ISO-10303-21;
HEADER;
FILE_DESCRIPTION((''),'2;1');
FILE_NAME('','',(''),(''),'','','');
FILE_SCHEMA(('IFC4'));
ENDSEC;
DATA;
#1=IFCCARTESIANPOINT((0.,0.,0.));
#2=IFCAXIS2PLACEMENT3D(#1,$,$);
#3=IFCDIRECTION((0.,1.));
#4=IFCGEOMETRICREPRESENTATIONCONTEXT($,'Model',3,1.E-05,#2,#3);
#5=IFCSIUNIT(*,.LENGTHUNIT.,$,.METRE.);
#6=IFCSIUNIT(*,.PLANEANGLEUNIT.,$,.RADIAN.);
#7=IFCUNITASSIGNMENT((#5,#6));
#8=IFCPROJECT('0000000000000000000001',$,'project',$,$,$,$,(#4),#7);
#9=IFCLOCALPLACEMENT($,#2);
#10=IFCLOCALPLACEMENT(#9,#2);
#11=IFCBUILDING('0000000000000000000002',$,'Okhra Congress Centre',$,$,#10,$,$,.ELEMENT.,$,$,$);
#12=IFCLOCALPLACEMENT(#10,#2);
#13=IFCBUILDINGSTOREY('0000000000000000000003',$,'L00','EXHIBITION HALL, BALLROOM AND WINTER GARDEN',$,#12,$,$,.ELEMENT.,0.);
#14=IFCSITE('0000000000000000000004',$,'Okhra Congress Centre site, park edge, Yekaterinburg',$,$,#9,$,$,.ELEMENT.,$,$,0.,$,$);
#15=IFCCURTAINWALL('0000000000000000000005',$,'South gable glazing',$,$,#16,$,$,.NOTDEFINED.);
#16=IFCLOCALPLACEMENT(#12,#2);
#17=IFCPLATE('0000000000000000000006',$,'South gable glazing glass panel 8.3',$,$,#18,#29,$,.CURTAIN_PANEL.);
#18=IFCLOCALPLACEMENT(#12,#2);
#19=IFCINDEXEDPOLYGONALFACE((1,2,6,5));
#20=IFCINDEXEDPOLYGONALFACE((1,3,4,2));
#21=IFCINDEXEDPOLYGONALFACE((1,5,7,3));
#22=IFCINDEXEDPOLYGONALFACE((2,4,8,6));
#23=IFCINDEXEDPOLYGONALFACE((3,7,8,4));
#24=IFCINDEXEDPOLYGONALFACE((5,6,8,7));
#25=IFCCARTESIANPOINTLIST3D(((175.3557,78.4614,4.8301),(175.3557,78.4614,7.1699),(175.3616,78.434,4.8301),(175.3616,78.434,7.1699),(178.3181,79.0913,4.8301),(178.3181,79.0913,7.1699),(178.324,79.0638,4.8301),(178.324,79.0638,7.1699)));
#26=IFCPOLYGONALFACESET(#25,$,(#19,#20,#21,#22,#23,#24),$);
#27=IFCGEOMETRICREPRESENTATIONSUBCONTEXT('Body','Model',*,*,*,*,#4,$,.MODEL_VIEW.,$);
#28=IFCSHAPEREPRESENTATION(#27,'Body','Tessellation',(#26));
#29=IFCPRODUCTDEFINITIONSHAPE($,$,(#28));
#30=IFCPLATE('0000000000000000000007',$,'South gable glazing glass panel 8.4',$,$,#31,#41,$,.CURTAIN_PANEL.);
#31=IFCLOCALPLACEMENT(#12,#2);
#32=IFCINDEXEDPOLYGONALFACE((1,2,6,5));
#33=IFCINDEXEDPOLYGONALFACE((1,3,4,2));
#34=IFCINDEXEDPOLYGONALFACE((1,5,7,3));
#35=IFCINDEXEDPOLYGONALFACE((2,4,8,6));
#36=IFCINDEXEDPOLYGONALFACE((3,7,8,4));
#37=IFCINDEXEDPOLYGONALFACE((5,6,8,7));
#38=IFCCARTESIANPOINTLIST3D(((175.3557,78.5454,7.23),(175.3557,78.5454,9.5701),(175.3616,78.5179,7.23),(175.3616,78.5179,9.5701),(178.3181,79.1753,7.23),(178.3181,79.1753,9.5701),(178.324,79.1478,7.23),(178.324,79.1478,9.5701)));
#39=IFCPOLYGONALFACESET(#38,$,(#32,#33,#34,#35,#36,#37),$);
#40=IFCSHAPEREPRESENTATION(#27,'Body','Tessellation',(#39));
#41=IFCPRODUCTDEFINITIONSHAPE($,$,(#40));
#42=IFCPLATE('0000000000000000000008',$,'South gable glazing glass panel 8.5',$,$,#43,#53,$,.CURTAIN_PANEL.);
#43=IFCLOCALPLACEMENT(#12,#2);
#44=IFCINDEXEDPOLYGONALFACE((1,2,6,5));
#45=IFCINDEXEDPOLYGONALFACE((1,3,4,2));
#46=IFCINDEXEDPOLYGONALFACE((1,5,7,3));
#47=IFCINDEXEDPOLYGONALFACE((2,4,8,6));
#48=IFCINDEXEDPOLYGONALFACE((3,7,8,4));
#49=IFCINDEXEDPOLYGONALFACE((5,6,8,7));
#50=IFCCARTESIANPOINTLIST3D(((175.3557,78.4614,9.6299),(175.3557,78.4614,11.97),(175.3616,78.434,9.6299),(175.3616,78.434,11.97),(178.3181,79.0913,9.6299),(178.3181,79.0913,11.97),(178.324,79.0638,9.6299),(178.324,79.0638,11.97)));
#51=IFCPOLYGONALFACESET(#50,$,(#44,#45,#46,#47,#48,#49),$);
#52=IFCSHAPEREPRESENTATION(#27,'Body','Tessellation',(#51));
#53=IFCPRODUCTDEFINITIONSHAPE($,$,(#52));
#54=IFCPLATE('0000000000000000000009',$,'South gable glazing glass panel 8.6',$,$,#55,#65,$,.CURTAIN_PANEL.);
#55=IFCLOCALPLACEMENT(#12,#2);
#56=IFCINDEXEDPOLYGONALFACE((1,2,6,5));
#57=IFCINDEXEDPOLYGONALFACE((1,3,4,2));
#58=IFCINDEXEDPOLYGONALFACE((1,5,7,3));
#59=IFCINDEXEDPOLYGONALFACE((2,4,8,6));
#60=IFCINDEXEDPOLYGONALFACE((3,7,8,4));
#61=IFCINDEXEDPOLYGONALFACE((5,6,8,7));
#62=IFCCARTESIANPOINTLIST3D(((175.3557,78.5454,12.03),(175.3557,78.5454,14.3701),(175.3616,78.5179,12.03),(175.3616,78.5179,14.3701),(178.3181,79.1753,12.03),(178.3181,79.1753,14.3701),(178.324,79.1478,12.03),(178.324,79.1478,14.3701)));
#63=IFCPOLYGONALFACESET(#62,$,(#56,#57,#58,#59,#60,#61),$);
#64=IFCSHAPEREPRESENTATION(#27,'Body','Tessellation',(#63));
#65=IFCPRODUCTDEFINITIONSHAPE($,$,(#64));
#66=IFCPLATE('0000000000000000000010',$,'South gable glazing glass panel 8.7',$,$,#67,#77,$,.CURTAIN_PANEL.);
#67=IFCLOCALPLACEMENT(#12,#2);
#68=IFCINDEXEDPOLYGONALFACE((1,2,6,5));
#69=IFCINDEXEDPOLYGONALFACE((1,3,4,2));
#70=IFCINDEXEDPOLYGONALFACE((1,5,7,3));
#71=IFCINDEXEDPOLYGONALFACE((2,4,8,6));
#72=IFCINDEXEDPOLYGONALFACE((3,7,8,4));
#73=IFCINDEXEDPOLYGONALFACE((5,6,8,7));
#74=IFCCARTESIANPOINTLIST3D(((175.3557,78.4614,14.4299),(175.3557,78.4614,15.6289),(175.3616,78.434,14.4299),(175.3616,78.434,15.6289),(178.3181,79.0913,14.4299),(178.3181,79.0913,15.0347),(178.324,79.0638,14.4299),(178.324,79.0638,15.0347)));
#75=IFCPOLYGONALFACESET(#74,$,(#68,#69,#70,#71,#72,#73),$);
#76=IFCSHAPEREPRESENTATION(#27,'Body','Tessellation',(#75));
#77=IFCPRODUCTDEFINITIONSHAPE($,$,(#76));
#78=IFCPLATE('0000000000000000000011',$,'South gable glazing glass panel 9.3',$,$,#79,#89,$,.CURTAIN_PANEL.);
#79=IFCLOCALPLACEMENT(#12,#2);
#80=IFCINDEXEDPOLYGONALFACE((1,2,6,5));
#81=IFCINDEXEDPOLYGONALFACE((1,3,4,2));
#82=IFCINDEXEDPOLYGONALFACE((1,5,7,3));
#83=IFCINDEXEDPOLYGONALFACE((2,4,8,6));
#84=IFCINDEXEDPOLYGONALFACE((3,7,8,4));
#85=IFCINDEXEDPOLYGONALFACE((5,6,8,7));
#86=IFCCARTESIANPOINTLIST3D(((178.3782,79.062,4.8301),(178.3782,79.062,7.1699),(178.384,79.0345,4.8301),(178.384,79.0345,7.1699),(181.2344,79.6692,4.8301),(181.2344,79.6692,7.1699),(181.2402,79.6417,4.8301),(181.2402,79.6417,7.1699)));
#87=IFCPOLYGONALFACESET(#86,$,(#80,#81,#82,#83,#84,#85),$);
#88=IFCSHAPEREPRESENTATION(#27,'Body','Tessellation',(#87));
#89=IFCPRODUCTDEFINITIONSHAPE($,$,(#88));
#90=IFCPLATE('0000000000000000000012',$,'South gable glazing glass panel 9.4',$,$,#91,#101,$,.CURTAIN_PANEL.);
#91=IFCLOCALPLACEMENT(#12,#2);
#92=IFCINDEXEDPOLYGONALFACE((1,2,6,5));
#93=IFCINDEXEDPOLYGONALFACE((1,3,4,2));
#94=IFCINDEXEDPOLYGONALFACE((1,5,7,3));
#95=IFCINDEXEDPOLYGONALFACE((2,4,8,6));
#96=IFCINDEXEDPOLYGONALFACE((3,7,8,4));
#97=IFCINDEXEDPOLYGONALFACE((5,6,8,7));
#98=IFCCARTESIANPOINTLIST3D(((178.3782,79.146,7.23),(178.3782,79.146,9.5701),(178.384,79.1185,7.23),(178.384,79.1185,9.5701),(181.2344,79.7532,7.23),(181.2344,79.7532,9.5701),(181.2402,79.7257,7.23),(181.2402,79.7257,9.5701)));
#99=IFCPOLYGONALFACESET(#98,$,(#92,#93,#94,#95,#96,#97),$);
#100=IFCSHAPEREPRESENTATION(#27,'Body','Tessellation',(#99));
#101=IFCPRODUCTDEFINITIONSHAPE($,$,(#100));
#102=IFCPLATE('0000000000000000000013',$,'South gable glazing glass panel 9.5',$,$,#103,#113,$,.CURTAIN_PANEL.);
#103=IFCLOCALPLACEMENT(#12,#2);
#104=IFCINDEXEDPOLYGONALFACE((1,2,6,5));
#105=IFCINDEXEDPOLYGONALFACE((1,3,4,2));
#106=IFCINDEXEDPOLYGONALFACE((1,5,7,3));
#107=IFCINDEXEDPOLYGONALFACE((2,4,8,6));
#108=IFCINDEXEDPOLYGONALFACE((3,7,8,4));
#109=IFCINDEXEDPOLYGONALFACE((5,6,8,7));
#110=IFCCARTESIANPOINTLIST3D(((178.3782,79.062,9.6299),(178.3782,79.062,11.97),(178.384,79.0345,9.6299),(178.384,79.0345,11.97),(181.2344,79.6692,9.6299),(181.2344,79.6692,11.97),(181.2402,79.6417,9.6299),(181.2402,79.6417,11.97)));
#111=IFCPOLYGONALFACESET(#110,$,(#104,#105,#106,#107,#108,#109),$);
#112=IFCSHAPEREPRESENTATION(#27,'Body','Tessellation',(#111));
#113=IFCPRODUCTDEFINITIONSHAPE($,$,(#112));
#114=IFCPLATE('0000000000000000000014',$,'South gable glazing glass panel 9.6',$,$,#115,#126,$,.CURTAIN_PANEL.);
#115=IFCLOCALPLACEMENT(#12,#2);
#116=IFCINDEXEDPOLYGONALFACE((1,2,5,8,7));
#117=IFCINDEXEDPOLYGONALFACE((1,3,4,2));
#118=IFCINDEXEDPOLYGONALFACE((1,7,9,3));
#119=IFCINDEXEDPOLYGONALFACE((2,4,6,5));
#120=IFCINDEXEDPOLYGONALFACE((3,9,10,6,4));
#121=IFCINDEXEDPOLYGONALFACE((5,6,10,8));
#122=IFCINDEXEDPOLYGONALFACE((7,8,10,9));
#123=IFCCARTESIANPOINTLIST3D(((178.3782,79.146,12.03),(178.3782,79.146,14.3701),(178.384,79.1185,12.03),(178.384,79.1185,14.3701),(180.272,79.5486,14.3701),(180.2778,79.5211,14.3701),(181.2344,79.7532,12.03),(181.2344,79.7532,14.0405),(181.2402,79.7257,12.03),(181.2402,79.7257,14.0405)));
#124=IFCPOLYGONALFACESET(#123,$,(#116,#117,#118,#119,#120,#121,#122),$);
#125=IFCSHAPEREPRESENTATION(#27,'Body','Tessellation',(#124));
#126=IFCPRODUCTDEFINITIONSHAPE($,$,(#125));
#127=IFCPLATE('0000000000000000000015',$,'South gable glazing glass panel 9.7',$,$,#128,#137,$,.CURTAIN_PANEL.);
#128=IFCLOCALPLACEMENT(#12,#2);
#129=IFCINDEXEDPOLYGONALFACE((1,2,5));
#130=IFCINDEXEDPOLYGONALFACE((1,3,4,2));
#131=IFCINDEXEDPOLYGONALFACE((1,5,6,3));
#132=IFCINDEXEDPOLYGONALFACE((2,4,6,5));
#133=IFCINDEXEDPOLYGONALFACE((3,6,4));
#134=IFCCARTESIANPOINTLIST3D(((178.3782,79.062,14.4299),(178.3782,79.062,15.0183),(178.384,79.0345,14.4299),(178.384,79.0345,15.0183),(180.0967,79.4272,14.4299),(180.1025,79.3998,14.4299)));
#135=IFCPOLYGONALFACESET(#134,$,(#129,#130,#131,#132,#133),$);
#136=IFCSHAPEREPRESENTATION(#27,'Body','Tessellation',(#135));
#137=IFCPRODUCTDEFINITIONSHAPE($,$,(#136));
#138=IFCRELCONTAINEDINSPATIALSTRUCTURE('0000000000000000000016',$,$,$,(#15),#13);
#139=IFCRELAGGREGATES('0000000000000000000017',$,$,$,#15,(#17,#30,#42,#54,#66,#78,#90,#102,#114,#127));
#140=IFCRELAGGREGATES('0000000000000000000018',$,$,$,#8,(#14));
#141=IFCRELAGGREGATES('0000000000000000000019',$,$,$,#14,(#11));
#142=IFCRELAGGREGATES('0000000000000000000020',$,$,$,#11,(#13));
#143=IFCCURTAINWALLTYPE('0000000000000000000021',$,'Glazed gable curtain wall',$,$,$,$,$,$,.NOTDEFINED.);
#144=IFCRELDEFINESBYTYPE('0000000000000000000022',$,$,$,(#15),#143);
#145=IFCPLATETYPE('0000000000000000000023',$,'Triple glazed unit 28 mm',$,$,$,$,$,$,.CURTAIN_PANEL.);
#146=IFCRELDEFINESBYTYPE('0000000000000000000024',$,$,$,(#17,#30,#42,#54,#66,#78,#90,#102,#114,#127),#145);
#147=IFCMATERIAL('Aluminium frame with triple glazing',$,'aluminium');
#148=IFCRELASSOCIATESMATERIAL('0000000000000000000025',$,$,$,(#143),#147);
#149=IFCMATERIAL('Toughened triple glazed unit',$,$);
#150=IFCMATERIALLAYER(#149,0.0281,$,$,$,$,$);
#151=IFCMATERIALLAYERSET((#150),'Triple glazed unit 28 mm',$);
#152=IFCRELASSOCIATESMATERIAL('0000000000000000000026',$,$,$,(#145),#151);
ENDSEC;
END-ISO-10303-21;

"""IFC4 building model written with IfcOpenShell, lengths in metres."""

from ifc_helpers import new_model, si_unit, direction, frame, origin, place, context, subcontext, project, spatial, polyline, outline, extrude, material, layer, layer_set, type_object, element, aggregate, save


model = new_model("IFC4")

# Units and contexts
model_context = context("Model", 3, precision=1e-05, world=origin(), true_north=direction((0.0, 1.0)))
body_context = subcontext(model_context, "Body", "Model", "MODEL_VIEW")
ifc_project = project(units=[si_unit("LENGTHUNIT", "METRE"), si_unit("PLANEANGLEUNIT", "RADIAN")], contexts=[model_context])

# Site, building, storey
site_placement = place(None, origin())
site = spatial("IfcSite", under=ifc_project, at=site_placement, Name="Okhra Congress Centre site, park edge, Yekaterinburg", CompositionType="ELEMENT", RefElevation=0.0)
building_placement = place(site_placement, origin())
building = spatial("IfcBuilding", under=site, at=building_placement, Name="Okhra Congress Centre", CompositionType="ELEMENT")
storey_placement = place(building_placement, origin())
storey = spatial("IfcBuildingStorey", under=building, at=storey_placement, Name="L00", Description="EXHIBITION HALL, BALLROOM AND WINTER GARDEN", CompositionType="ELEMENT", Elevation=0.0)

# Curtain wall, plates
ifc_material_1 = material(Name="Aluminium frame with triple glazing", Category="aluminium")
curtain_wall_type = type_object("IfcCurtainWallType", Name="Glazed gable curtain wall", PredefinedType="NOTDEFINED", material=ifc_material_1)
curtain_wall_placement = place(storey_placement, origin())
curtain_wall = element("IfcCurtainWall", 1, at=curtain_wall_placement, inside=storey, type_object=curtain_wall_type, Name="South gable glazing", PredefinedType="NOTDEFINED")
ifc_material_2 = material(Name="Toughened triple glazed unit")
ifc_layer = layer(ifc_material_2, 0.0281)
ifc_layer_set = layer_set([ifc_layer], Name="Triple glazed unit 28 mm")
plate_type = type_object("IfcPlateType", Name="Triple glazed unit 28 mm", PredefinedType="CURTAIN_PANEL", material=ifc_layer_set)
plate_1_placement = place(storey_placement, frame((178.3181, 79.0913, 4.8301), z_axis=(-0.207976, 0.978134, 0.0), x_axis=(-0.978134, -0.207976, 0.0)))
plate_1 = element("IfcPlate", 2, at=plate_1_placement, type_object=plate_type, Name="South gable glazing glass panel 8.3", PredefinedType="CURTAIN_PANEL", context=body_context, shape_type="SweptSolid", body=[
    extrude(outline(polyline([(0.0, 0.0), (3.0286, 0.0), (3.0286, 2.3398), (0.0, 2.3398), (0.0, 0.0)])), origin(), (0.0, 0.0, -1.0), 0.0281),
])
plate_2_placement = place(storey_placement, frame((178.3181, 79.1753, 7.23), z_axis=(-0.207976, 0.978134, 0.0), x_axis=(-0.978134, -0.207976, 0.0)))
plate_2 = element("IfcPlate", 3, at=plate_2_placement, type_object=plate_type, Name="South gable glazing glass panel 8.4", PredefinedType="CURTAIN_PANEL", context=body_context, shape_type="SweptSolid", body=[
    extrude(outline(polyline([(0.0, 0.0), (3.0286, 0.0), (3.0286, 2.3401), (0.0, 2.3401), (0.0, 0.0)])), origin(), (0.0, 0.0, -1.0), 0.0281),
])
plate_3_placement = place(storey_placement, frame((178.3181, 79.0913, 9.6299), z_axis=(-0.207976, 0.978134, 0.0), x_axis=(-0.978134, -0.207976, 0.0)))
plate_3 = element("IfcPlate", 4, at=plate_3_placement, type_object=plate_type, Name="South gable glazing glass panel 8.5", PredefinedType="CURTAIN_PANEL", context=body_context, shape_type="SweptSolid", body=[
    extrude(outline(polyline([(0.0, 0.0), (3.0286, 0.0), (3.0286, 2.3401), (0.0, 2.3401), (0.0, 0.0)])), origin(), (0.0, 0.0, -1.0), 0.0281),
])
plate_4_placement = place(storey_placement, frame((178.3181, 79.1753, 12.03), z_axis=(-0.207976, 0.978134, 0.0), x_axis=(-0.978134, -0.207976, 0.0)))
plate_4 = element("IfcPlate", 5, at=plate_4_placement, type_object=plate_type, Name="South gable glazing glass panel 8.6", PredefinedType="CURTAIN_PANEL", context=body_context, shape_type="SweptSolid", body=[
    extrude(outline(polyline([(0.0, 0.0), (3.0286, 0.0), (3.0286, 2.3401), (0.0, 2.3401), (0.0, 0.0)])), origin(), (0.0, 0.0, -1.0), 0.0281),
])
plate_5_placement = place(storey_placement, frame((178.3181, 79.0913, 14.4299), z_axis=(-0.207976, 0.978134, 0.0), x_axis=(-0.978134, -0.207976, 0.0)))
plate_5 = element("IfcPlate", 6, at=plate_5_placement, type_object=plate_type, Name="South gable glazing glass panel 8.7", PredefinedType="CURTAIN_PANEL", context=body_context, shape_type="SweptSolid", body=[
    extrude(outline(polyline([(0.0, 0.0), (3.0286, 0.0), (3.0286, 1.199), (0.0, 0.6047), (0.0, 0.0)])), origin(), (0.0, 0.0, -1.0), 0.0281),
])
plate_6_placement = place(storey_placement, frame((181.2344, 79.6692, 4.8301), z_axis=(-0.207936, 0.978142, 0.0), x_axis=(-0.978142, -0.207936, 0.0)))
plate_6 = element("IfcPlate", 7, at=plate_6_placement, type_object=plate_type, Name="South gable glazing glass panel 9.3", PredefinedType="CURTAIN_PANEL", context=body_context, shape_type="SweptSolid", body=[
    extrude(outline(polyline([(0.0, 0.0), (2.92, 0.0), (2.92, 2.3398), (0.0, 2.3398), (0.0, 0.0)])), origin(), (0.0, 0.0, -1.0), 0.0281),
])
plate_7_placement = place(storey_placement, frame((181.2344, 79.7532, 7.23), z_axis=(-0.207936, 0.978142, 0.0), x_axis=(-0.978142, -0.207936, 0.0)))
plate_7 = element("IfcPlate", 8, at=plate_7_placement, type_object=plate_type, Name="South gable glazing glass panel 9.4", PredefinedType="CURTAIN_PANEL", context=body_context, shape_type="SweptSolid", body=[
    extrude(outline(polyline([(0.0, 0.0), (2.92, 0.0), (2.92, 2.3401), (0.0, 2.3401), (0.0, 0.0)])), origin(), (0.0, 0.0, -1.0), 0.0281),
])
plate_8_placement = place(storey_placement, frame((181.2344, 79.6692, 9.6299), z_axis=(-0.207936, 0.978142, 0.0), x_axis=(-0.978142, -0.207936, 0.0)))
plate_8 = element("IfcPlate", 9, at=plate_8_placement, type_object=plate_type, Name="South gable glazing glass panel 9.5", PredefinedType="CURTAIN_PANEL", context=body_context, shape_type="SweptSolid", body=[
    extrude(outline(polyline([(0.0, 0.0), (2.92, 0.0), (2.92, 2.3401), (0.0, 2.3401), (0.0, 0.0)])), origin(), (0.0, 0.0, -1.0), 0.0281),
])
plate_9_placement = place(storey_placement, frame((181.2344, 79.7532, 12.03), z_axis=(-0.207936, 0.978142, 0.0), x_axis=(-0.978142, -0.207936, 0.0)))
plate_9 = element("IfcPlate", 10, at=plate_9_placement, type_object=plate_type, Name="South gable glazing glass panel 9.6", PredefinedType="CURTAIN_PANEL", context=body_context, shape_type="SweptSolid", body=[
    extrude(outline(polyline([(0.0, 0.0), (2.92, 0.0), (2.92, 2.3401), (0.9839, 2.3401), (0.0, 2.0105), (0.0, 0.0)])), origin(), (0.0, 0.0, -1.0), 0.0281),
])
plate_10_placement = place(storey_placement, frame((178.3782, 79.062, 15.0183), z_axis=(-0.207887, 0.978153, 0.0), x_axis=(0.927521, 0.197126, -0.317563)))
plate_10 = element("IfcPlate", 11, at=plate_10_placement, type_object=plate_type, Name="South gable glazing glass panel 9.7", PredefinedType="CURTAIN_PANEL", context=body_context, shape_type="SweptSolid", body=[
    extrude(outline(polyline([(0.0, 0.0), (1.8528, 0.0), (0.1868, 0.5579), (0.0, 0.0)])), origin(), (0.0, 0.0, -1.0), 0.0281),
])
aggregate(curtain_wall, [plate_1, plate_2, plate_3, plate_4, plate_5, plate_6, plate_7, plate_8, plate_9, plate_10])

save(model, "model.ifc")
